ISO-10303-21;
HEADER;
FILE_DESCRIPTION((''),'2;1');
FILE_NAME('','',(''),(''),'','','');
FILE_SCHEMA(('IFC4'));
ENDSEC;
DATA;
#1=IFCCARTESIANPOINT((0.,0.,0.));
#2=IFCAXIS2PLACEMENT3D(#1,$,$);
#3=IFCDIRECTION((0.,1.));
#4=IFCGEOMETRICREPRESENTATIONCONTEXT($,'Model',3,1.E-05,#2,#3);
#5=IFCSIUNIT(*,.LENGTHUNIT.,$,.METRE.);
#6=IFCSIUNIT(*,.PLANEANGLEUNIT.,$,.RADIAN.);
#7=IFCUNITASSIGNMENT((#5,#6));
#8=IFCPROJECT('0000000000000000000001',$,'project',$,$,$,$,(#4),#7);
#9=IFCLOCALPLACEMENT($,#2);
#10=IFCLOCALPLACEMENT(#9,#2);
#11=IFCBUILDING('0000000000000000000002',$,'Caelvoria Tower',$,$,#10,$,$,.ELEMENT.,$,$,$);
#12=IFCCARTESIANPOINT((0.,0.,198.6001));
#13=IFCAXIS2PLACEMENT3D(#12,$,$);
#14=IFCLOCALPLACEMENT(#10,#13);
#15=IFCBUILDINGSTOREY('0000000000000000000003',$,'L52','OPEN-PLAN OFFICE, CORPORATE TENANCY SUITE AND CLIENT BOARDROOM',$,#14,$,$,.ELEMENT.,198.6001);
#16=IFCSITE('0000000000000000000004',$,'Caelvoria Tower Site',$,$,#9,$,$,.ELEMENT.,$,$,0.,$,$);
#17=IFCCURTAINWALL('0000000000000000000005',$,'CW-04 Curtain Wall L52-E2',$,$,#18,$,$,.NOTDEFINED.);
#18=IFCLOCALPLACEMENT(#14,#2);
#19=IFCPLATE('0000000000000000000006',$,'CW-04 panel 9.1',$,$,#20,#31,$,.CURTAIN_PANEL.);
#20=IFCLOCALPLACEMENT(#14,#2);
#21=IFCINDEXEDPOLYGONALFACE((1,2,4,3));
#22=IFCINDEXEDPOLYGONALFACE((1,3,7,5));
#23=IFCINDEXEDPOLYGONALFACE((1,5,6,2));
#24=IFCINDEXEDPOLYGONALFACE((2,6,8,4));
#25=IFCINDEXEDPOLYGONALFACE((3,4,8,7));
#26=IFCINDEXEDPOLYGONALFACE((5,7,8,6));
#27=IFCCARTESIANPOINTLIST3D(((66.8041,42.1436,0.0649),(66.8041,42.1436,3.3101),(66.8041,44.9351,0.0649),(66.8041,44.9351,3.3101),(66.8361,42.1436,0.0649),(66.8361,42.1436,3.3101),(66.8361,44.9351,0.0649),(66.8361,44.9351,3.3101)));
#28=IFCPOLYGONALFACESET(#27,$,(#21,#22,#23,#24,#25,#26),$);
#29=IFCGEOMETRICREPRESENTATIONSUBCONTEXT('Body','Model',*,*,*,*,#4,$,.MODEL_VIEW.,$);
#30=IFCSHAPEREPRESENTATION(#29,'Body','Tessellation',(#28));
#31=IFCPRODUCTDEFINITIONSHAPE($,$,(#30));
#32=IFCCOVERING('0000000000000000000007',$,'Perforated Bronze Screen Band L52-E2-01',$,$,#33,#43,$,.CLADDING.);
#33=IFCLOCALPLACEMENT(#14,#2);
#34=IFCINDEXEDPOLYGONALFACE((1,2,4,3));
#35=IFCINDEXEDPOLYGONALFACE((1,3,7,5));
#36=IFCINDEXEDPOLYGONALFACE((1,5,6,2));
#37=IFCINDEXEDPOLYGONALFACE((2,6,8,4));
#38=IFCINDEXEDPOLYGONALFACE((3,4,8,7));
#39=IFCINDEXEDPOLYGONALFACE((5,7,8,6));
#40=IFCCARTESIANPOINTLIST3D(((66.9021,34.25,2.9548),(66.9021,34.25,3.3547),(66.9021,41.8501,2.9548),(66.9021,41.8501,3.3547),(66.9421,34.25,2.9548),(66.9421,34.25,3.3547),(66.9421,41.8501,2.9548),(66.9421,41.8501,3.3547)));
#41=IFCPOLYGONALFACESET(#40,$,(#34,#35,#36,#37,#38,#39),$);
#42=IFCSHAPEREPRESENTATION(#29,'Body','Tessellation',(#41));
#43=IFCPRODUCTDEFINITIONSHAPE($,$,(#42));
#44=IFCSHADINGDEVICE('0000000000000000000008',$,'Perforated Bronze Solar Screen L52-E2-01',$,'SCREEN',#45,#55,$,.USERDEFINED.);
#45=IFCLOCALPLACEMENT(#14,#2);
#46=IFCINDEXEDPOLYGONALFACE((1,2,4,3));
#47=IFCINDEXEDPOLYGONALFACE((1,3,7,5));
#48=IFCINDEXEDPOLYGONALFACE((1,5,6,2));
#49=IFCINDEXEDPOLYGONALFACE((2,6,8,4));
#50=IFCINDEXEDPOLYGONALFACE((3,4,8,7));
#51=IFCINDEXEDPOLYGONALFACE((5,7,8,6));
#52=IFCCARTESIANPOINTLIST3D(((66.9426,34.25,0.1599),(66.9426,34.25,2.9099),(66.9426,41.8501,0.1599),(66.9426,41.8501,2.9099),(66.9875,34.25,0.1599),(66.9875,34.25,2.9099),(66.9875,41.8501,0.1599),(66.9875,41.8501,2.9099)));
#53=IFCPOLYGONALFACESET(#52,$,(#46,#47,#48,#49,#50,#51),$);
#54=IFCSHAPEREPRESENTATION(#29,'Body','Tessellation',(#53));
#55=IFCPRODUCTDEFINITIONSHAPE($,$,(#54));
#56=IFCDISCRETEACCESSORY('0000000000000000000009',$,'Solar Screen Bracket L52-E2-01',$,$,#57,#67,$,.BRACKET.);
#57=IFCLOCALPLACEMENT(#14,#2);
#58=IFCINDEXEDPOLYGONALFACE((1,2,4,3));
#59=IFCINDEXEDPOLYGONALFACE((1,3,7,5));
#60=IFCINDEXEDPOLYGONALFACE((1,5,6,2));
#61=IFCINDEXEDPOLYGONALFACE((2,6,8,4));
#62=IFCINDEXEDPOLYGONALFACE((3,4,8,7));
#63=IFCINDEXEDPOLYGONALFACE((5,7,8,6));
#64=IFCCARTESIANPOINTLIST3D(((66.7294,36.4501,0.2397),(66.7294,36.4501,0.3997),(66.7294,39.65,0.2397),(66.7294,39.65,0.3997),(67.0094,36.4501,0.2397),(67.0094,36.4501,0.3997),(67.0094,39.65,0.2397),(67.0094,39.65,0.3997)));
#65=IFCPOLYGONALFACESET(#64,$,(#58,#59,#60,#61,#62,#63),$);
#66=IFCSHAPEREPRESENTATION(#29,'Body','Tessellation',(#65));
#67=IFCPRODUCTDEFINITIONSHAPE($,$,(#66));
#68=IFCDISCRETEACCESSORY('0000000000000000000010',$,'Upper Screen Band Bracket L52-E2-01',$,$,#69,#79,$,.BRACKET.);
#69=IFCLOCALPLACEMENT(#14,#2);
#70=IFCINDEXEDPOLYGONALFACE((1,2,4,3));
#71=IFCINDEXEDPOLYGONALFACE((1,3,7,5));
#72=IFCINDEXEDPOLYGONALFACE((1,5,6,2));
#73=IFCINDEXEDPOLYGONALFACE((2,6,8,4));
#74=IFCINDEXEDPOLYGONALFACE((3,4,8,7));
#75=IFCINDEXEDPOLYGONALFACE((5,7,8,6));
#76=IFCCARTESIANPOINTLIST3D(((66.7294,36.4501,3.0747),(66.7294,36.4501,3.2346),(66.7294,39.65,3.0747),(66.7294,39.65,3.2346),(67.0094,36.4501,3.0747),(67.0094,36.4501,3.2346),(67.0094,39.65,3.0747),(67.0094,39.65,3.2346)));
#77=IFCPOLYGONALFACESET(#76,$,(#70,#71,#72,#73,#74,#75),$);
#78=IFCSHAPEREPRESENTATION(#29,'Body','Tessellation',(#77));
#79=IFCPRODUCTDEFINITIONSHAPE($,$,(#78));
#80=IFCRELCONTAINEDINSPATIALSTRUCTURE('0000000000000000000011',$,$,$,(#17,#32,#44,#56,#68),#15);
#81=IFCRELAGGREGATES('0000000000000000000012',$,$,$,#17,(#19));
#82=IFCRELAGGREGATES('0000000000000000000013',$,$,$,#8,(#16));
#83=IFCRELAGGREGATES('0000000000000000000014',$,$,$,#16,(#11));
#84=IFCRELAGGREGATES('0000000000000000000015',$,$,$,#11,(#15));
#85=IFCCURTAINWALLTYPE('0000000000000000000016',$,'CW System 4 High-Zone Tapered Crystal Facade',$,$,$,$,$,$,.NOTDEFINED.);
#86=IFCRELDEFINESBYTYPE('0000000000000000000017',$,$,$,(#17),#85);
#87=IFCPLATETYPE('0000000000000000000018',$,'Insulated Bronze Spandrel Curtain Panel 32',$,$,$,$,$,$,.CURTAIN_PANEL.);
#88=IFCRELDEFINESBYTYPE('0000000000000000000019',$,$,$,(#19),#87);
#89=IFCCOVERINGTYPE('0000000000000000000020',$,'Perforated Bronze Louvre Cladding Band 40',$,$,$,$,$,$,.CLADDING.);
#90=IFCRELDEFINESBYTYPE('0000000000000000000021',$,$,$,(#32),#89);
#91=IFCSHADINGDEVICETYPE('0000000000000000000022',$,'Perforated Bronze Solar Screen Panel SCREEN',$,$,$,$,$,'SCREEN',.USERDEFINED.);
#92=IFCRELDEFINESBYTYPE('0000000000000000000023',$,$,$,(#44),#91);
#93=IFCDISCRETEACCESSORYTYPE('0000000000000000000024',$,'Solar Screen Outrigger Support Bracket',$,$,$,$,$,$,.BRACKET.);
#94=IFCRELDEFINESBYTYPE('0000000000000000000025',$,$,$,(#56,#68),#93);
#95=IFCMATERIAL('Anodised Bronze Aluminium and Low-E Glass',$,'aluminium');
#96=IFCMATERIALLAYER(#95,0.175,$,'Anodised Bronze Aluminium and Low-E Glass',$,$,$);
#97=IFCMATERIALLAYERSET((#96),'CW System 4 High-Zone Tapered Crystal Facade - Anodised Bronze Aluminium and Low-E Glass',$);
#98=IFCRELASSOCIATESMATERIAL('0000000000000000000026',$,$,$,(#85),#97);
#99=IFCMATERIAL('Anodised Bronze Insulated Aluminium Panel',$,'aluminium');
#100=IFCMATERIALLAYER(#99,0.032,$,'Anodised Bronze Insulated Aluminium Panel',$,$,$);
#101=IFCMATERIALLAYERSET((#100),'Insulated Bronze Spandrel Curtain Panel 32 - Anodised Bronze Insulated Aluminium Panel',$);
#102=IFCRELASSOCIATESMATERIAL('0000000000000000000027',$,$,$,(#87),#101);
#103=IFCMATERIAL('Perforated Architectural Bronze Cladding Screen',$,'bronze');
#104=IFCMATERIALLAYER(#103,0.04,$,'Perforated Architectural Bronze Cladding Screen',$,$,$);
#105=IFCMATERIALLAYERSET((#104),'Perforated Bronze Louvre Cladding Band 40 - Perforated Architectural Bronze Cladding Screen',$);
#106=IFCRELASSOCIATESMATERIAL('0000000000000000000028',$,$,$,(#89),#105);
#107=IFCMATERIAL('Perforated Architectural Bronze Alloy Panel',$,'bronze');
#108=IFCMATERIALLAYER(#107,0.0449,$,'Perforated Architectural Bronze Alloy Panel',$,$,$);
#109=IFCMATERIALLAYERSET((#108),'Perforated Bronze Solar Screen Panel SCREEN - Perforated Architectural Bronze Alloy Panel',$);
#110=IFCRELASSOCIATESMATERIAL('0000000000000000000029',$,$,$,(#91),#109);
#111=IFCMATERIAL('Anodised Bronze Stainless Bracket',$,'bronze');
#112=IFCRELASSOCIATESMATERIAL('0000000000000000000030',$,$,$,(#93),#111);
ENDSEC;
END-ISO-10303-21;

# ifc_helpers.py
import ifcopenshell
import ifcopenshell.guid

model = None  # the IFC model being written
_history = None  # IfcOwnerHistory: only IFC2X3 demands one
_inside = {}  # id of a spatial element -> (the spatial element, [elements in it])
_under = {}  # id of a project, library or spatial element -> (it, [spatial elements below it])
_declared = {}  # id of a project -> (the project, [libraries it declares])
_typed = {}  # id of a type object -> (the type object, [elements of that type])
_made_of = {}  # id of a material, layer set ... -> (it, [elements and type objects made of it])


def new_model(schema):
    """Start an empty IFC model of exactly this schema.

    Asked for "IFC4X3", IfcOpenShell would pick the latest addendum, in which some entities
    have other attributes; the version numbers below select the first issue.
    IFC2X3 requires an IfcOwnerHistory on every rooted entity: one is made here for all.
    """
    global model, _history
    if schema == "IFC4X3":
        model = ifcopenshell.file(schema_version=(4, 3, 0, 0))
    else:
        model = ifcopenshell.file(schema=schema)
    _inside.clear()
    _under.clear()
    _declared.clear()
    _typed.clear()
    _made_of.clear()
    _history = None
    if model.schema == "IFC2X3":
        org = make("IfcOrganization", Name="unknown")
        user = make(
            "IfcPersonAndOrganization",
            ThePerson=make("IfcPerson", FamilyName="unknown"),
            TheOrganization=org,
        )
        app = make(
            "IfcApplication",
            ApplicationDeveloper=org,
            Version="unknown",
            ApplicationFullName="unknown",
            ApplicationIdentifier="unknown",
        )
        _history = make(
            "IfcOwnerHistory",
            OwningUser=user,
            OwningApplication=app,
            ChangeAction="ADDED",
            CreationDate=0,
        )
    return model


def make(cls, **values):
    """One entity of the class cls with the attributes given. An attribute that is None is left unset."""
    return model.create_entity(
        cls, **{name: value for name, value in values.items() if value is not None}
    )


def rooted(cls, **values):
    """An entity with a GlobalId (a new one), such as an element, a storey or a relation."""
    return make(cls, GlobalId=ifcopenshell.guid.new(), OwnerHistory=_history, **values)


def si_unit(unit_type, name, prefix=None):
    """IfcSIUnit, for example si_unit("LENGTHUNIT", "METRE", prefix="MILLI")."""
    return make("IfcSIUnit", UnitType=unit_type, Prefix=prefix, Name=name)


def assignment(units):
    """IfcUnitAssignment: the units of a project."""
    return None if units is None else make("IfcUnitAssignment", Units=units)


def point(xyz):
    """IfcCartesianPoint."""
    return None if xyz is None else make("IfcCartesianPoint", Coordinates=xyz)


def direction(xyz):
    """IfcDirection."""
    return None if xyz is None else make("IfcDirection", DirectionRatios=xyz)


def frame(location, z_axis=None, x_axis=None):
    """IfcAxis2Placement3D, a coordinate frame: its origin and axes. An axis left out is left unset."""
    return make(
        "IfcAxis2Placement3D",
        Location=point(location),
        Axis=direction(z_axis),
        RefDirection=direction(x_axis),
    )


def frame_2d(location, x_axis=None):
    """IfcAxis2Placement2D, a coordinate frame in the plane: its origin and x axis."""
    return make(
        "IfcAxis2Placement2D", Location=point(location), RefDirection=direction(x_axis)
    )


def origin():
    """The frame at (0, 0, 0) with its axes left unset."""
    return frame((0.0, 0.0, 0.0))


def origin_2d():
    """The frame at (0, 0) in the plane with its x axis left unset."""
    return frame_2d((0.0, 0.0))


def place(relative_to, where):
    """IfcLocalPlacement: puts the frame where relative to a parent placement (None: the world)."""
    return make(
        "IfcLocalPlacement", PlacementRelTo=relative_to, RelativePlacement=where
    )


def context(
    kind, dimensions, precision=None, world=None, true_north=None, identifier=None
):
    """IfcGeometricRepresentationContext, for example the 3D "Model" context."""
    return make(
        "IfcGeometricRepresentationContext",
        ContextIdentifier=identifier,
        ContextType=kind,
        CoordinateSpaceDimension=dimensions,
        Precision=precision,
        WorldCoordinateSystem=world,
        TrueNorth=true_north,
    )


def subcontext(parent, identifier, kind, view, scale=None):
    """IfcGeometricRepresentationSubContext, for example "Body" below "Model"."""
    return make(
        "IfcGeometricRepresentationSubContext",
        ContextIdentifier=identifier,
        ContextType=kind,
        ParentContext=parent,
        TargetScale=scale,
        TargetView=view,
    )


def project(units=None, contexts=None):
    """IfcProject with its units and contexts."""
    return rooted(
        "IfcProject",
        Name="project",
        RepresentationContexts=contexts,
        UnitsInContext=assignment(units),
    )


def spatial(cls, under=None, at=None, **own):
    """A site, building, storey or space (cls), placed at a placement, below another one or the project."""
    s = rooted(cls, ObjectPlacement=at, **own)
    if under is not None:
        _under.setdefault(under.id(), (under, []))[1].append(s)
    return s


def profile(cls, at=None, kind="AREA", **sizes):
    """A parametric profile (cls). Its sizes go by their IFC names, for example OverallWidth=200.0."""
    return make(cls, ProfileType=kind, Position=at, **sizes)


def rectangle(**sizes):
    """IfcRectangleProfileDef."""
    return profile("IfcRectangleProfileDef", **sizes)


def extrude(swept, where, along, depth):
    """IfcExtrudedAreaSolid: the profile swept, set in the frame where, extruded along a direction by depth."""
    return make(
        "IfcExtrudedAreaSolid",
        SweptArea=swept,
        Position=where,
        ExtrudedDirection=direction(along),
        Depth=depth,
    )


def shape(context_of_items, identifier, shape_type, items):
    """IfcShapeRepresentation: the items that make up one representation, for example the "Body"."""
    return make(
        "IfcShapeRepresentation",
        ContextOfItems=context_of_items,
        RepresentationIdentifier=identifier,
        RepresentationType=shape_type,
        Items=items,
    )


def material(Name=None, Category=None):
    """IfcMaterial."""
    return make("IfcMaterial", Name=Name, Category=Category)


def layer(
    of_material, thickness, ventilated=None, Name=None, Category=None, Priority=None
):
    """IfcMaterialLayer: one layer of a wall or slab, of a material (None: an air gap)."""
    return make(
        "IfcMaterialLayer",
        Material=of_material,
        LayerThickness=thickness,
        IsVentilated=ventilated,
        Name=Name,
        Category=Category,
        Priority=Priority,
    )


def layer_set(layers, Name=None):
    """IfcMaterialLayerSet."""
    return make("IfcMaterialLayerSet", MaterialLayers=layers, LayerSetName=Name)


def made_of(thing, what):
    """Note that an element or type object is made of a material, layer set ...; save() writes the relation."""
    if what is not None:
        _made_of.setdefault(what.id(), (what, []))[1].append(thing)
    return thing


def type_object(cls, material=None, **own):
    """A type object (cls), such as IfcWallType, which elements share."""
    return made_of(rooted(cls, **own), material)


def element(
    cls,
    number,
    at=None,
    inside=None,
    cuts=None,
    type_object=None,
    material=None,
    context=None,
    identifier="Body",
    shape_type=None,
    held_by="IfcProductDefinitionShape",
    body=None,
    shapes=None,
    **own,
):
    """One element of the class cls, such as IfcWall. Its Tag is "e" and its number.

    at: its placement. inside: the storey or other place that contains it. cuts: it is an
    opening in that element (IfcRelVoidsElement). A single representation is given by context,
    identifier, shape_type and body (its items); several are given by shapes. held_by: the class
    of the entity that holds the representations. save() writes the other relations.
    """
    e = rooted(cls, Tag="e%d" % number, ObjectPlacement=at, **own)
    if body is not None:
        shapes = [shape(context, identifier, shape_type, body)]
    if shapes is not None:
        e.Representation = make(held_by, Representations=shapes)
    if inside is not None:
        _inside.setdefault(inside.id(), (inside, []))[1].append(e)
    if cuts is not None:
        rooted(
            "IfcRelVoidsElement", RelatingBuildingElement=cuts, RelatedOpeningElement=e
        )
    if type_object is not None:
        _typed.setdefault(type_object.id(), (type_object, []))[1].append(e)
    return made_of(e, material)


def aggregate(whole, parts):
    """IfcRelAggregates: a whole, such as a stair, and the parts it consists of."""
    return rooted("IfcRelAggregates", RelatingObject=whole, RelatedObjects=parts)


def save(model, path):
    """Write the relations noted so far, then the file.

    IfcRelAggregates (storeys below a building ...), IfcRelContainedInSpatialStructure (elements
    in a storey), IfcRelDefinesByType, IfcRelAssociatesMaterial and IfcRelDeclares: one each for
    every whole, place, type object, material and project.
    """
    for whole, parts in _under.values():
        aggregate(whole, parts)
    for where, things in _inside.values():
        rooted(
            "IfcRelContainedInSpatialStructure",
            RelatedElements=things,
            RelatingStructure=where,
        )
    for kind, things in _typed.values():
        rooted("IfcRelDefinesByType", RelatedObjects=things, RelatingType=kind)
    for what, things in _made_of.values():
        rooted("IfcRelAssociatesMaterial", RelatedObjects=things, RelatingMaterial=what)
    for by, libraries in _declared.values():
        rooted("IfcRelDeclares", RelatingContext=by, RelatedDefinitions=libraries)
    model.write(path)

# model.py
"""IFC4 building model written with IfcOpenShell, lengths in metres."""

from ifc_helpers import new_model, si_unit, direction, frame, origin, origin_2d, place, context, subcontext, project, spatial, rectangle, extrude, material, layer, layer_set, type_object, element, aggregate, save


model = new_model("IFC4")

# Units and contexts
model_context = context("Model", 3, precision=1e-05, world=origin(), true_north=direction((0.0, 1.0)))
body_context = subcontext(model_context, "Body", "Model", "MODEL_VIEW")
ifc_project = project(units=[si_unit("LENGTHUNIT", "METRE"), si_unit("PLANEANGLEUNIT", "RADIAN")], contexts=[model_context])

# Site, building, storey
site_placement = place(None, origin())
site = spatial("IfcSite", under=ifc_project, at=site_placement, Name="Caelvoria Tower Site", CompositionType="ELEMENT", RefElevation=0.0)
building_placement = place(site_placement, origin())
building = spatial("IfcBuilding", under=site, at=building_placement, Name="Caelvoria Tower", CompositionType="ELEMENT")
storey_placement = place(building_placement, frame((0.0, 0.0, 198.6001)))
storey = spatial("IfcBuildingStorey", under=building, at=storey_placement, Name="L52", Description="OPEN-PLAN OFFICE, CORPORATE TENANCY SUITE AND CLIENT BOARDROOM", CompositionType="ELEMENT", Elevation=198.6001)

# Curtain wall
ifc_material_1 = material(Name="Anodised Bronze Aluminium and Low-E Glass", Category="aluminium")
ifc_layer_1 = layer(ifc_material_1, 0.175, Name="Anodised Bronze Aluminium and Low-E Glass")
ifc_layer_set_1 = layer_set([ifc_layer_1], Name="CW System 4 High-Zone Tapered Crystal Facade - Anodised Bronze Aluminium and Low-E Glass")
curtain_wall_type = type_object("IfcCurtainWallType", Name="CW System 4 High-Zone Tapered Crystal Facade", PredefinedType="NOTDEFINED", material=ifc_layer_set_1)
curtain_wall_1_placement = place(storey_placement, origin())
curtain_wall_1 = element("IfcCurtainWall", 1, at=curtain_wall_1_placement, inside=storey, type_object=curtain_wall_type, Name="CW-04 Curtain Wall L52-E2", PredefinedType="NOTDEFINED")

# Plate
ifc_material_2 = material(Name="Anodised Bronze Insulated Aluminium Panel", Category="aluminium")
ifc_layer_2 = layer(ifc_material_2, 0.032, Name="Anodised Bronze Insulated Aluminium Panel")
ifc_layer_set_2 = layer_set([ifc_layer_2], Name="Insulated Bronze Spandrel Curtain Panel 32 - Anodised Bronze Insulated Aluminium Panel")
plate_type_1 = type_object("IfcPlateType", Name="Insulated Bronze Spandrel Curtain Panel 32", PredefinedType="CURTAIN_PANEL", material=ifc_layer_set_2)
plate_1_placement = place(storey_placement, frame((66.8201, 43.5393, 0.0649), z_axis=(0.0, 0.0, 1.0), x_axis=(0.0, 1.0, 0.0)))
plate_1 = element("IfcPlate", 2, at=plate_1_placement, type_object=plate_type_1, Name="CW-04 panel 9.1", PredefinedType="CURTAIN_PANEL", context=body_context, shape_type="SweptSolid", body=[
    extrude(rectangle(XDim=2.7915, YDim=0.032, at=origin_2d()), origin(), (0.0, 0.0, 1.0), 3.2451),
])
aggregate(curtain_wall_1, [plate_1])

# Covering
ifc_material_3 = material(Name="Perforated Architectural Bronze Cladding Screen", Category="bronze")
ifc_layer_3 = layer(ifc_material_3, 0.04, Name="Perforated Architectural Bronze Cladding Screen")
ifc_layer_set_3 = layer_set([ifc_layer_3], Name="Perforated Bronze Louvre Cladding Band 40 - Perforated Architectural Bronze Cladding Screen")
covering_type = type_object("IfcCoveringType", Name="Perforated Bronze Louvre Cladding Band 40", PredefinedType="CLADDING", material=ifc_layer_set_3)
covering_placement = place(storey_placement, frame((66.9221, 38.05, 2.9548), z_axis=(0.0, 0.0, 1.0), x_axis=(0.0, 1.0, 0.0)))
element("IfcCovering", 3, at=covering_placement, inside=storey, type_object=covering_type, Name="Perforated Bronze Screen Band L52-E2-01", PredefinedType="CLADDING", context=body_context, shape_type="SweptSolid", body=[
    extrude(rectangle(XDim=7.6001, YDim=0.04, at=origin_2d()), origin(), (0.0, 0.0, 1.0), 0.3999),
])

# Shading device
ifc_material_4 = material(Name="Perforated Architectural Bronze Alloy Panel", Category="bronze")
ifc_layer_4 = layer(ifc_material_4, 0.0449, Name="Perforated Architectural Bronze Alloy Panel")
ifc_layer_set_4 = layer_set([ifc_layer_4], Name="Perforated Bronze Solar Screen Panel SCREEN - Perforated Architectural Bronze Alloy Panel")
shading_device_type = type_object("IfcShadingDeviceType", Name="Perforated Bronze Solar Screen Panel SCREEN", ElementType="SCREEN", PredefinedType="USERDEFINED", material=ifc_layer_set_4)
shading_device_placement = place(storey_placement, frame((66.9651, 38.05, 0.1599), z_axis=(0.0, 0.0, 1.0), x_axis=(0.0, 1.0, 0.0)))
element("IfcShadingDevice", 4, at=shading_device_placement, inside=storey, type_object=shading_device_type, Name="Perforated Bronze Solar Screen L52-E2-01", ObjectType="SCREEN", PredefinedType="USERDEFINED", context=body_context, shape_type="SweptSolid", body=[
    extrude(rectangle(XDim=7.6001, YDim=0.0449, at=origin_2d()), origin(), (0.0, 0.0, 1.0), 2.75),
])

# Discrete accessories
ifc_material_5 = material(Name="Anodised Bronze Stainless Bracket", Category="bronze")
discrete_accessory_type = type_object("IfcDiscreteAccessoryType", Name="Solar Screen Outrigger Support Bracket", PredefinedType="BRACKET", material=ifc_material_5)
for number, where, z_axis, x_axis, name in (
    (5, (66.8694, 38.05, 0.2397), (0.0, 0.0, 1.0), (0.0, 1.0, 0.0), "Solar Screen Bracket L52-E2-01"),
    (6, (66.8694, 38.05, 3.0747), (0.0, 0.0, 1.0), (0.0, 1.0, 0.0), "Upper Screen Band Bracket L52-E2-01"),
):
    element("IfcDiscreteAccessory", number, at=place(storey_placement, frame(where, z_axis=z_axis, x_axis=x_axis)), inside=storey, type_object=discrete_accessory_type, Name=name, PredefinedType="BRACKET", context=body_context, shape_type="SweptSolid", body=[
        extrude(rectangle(XDim=3.2, YDim=0.28, at=origin_2d()), origin(), (0.0, 0.0, 1.0), 0.1599),
    ])

save(model, "model.ifc")
